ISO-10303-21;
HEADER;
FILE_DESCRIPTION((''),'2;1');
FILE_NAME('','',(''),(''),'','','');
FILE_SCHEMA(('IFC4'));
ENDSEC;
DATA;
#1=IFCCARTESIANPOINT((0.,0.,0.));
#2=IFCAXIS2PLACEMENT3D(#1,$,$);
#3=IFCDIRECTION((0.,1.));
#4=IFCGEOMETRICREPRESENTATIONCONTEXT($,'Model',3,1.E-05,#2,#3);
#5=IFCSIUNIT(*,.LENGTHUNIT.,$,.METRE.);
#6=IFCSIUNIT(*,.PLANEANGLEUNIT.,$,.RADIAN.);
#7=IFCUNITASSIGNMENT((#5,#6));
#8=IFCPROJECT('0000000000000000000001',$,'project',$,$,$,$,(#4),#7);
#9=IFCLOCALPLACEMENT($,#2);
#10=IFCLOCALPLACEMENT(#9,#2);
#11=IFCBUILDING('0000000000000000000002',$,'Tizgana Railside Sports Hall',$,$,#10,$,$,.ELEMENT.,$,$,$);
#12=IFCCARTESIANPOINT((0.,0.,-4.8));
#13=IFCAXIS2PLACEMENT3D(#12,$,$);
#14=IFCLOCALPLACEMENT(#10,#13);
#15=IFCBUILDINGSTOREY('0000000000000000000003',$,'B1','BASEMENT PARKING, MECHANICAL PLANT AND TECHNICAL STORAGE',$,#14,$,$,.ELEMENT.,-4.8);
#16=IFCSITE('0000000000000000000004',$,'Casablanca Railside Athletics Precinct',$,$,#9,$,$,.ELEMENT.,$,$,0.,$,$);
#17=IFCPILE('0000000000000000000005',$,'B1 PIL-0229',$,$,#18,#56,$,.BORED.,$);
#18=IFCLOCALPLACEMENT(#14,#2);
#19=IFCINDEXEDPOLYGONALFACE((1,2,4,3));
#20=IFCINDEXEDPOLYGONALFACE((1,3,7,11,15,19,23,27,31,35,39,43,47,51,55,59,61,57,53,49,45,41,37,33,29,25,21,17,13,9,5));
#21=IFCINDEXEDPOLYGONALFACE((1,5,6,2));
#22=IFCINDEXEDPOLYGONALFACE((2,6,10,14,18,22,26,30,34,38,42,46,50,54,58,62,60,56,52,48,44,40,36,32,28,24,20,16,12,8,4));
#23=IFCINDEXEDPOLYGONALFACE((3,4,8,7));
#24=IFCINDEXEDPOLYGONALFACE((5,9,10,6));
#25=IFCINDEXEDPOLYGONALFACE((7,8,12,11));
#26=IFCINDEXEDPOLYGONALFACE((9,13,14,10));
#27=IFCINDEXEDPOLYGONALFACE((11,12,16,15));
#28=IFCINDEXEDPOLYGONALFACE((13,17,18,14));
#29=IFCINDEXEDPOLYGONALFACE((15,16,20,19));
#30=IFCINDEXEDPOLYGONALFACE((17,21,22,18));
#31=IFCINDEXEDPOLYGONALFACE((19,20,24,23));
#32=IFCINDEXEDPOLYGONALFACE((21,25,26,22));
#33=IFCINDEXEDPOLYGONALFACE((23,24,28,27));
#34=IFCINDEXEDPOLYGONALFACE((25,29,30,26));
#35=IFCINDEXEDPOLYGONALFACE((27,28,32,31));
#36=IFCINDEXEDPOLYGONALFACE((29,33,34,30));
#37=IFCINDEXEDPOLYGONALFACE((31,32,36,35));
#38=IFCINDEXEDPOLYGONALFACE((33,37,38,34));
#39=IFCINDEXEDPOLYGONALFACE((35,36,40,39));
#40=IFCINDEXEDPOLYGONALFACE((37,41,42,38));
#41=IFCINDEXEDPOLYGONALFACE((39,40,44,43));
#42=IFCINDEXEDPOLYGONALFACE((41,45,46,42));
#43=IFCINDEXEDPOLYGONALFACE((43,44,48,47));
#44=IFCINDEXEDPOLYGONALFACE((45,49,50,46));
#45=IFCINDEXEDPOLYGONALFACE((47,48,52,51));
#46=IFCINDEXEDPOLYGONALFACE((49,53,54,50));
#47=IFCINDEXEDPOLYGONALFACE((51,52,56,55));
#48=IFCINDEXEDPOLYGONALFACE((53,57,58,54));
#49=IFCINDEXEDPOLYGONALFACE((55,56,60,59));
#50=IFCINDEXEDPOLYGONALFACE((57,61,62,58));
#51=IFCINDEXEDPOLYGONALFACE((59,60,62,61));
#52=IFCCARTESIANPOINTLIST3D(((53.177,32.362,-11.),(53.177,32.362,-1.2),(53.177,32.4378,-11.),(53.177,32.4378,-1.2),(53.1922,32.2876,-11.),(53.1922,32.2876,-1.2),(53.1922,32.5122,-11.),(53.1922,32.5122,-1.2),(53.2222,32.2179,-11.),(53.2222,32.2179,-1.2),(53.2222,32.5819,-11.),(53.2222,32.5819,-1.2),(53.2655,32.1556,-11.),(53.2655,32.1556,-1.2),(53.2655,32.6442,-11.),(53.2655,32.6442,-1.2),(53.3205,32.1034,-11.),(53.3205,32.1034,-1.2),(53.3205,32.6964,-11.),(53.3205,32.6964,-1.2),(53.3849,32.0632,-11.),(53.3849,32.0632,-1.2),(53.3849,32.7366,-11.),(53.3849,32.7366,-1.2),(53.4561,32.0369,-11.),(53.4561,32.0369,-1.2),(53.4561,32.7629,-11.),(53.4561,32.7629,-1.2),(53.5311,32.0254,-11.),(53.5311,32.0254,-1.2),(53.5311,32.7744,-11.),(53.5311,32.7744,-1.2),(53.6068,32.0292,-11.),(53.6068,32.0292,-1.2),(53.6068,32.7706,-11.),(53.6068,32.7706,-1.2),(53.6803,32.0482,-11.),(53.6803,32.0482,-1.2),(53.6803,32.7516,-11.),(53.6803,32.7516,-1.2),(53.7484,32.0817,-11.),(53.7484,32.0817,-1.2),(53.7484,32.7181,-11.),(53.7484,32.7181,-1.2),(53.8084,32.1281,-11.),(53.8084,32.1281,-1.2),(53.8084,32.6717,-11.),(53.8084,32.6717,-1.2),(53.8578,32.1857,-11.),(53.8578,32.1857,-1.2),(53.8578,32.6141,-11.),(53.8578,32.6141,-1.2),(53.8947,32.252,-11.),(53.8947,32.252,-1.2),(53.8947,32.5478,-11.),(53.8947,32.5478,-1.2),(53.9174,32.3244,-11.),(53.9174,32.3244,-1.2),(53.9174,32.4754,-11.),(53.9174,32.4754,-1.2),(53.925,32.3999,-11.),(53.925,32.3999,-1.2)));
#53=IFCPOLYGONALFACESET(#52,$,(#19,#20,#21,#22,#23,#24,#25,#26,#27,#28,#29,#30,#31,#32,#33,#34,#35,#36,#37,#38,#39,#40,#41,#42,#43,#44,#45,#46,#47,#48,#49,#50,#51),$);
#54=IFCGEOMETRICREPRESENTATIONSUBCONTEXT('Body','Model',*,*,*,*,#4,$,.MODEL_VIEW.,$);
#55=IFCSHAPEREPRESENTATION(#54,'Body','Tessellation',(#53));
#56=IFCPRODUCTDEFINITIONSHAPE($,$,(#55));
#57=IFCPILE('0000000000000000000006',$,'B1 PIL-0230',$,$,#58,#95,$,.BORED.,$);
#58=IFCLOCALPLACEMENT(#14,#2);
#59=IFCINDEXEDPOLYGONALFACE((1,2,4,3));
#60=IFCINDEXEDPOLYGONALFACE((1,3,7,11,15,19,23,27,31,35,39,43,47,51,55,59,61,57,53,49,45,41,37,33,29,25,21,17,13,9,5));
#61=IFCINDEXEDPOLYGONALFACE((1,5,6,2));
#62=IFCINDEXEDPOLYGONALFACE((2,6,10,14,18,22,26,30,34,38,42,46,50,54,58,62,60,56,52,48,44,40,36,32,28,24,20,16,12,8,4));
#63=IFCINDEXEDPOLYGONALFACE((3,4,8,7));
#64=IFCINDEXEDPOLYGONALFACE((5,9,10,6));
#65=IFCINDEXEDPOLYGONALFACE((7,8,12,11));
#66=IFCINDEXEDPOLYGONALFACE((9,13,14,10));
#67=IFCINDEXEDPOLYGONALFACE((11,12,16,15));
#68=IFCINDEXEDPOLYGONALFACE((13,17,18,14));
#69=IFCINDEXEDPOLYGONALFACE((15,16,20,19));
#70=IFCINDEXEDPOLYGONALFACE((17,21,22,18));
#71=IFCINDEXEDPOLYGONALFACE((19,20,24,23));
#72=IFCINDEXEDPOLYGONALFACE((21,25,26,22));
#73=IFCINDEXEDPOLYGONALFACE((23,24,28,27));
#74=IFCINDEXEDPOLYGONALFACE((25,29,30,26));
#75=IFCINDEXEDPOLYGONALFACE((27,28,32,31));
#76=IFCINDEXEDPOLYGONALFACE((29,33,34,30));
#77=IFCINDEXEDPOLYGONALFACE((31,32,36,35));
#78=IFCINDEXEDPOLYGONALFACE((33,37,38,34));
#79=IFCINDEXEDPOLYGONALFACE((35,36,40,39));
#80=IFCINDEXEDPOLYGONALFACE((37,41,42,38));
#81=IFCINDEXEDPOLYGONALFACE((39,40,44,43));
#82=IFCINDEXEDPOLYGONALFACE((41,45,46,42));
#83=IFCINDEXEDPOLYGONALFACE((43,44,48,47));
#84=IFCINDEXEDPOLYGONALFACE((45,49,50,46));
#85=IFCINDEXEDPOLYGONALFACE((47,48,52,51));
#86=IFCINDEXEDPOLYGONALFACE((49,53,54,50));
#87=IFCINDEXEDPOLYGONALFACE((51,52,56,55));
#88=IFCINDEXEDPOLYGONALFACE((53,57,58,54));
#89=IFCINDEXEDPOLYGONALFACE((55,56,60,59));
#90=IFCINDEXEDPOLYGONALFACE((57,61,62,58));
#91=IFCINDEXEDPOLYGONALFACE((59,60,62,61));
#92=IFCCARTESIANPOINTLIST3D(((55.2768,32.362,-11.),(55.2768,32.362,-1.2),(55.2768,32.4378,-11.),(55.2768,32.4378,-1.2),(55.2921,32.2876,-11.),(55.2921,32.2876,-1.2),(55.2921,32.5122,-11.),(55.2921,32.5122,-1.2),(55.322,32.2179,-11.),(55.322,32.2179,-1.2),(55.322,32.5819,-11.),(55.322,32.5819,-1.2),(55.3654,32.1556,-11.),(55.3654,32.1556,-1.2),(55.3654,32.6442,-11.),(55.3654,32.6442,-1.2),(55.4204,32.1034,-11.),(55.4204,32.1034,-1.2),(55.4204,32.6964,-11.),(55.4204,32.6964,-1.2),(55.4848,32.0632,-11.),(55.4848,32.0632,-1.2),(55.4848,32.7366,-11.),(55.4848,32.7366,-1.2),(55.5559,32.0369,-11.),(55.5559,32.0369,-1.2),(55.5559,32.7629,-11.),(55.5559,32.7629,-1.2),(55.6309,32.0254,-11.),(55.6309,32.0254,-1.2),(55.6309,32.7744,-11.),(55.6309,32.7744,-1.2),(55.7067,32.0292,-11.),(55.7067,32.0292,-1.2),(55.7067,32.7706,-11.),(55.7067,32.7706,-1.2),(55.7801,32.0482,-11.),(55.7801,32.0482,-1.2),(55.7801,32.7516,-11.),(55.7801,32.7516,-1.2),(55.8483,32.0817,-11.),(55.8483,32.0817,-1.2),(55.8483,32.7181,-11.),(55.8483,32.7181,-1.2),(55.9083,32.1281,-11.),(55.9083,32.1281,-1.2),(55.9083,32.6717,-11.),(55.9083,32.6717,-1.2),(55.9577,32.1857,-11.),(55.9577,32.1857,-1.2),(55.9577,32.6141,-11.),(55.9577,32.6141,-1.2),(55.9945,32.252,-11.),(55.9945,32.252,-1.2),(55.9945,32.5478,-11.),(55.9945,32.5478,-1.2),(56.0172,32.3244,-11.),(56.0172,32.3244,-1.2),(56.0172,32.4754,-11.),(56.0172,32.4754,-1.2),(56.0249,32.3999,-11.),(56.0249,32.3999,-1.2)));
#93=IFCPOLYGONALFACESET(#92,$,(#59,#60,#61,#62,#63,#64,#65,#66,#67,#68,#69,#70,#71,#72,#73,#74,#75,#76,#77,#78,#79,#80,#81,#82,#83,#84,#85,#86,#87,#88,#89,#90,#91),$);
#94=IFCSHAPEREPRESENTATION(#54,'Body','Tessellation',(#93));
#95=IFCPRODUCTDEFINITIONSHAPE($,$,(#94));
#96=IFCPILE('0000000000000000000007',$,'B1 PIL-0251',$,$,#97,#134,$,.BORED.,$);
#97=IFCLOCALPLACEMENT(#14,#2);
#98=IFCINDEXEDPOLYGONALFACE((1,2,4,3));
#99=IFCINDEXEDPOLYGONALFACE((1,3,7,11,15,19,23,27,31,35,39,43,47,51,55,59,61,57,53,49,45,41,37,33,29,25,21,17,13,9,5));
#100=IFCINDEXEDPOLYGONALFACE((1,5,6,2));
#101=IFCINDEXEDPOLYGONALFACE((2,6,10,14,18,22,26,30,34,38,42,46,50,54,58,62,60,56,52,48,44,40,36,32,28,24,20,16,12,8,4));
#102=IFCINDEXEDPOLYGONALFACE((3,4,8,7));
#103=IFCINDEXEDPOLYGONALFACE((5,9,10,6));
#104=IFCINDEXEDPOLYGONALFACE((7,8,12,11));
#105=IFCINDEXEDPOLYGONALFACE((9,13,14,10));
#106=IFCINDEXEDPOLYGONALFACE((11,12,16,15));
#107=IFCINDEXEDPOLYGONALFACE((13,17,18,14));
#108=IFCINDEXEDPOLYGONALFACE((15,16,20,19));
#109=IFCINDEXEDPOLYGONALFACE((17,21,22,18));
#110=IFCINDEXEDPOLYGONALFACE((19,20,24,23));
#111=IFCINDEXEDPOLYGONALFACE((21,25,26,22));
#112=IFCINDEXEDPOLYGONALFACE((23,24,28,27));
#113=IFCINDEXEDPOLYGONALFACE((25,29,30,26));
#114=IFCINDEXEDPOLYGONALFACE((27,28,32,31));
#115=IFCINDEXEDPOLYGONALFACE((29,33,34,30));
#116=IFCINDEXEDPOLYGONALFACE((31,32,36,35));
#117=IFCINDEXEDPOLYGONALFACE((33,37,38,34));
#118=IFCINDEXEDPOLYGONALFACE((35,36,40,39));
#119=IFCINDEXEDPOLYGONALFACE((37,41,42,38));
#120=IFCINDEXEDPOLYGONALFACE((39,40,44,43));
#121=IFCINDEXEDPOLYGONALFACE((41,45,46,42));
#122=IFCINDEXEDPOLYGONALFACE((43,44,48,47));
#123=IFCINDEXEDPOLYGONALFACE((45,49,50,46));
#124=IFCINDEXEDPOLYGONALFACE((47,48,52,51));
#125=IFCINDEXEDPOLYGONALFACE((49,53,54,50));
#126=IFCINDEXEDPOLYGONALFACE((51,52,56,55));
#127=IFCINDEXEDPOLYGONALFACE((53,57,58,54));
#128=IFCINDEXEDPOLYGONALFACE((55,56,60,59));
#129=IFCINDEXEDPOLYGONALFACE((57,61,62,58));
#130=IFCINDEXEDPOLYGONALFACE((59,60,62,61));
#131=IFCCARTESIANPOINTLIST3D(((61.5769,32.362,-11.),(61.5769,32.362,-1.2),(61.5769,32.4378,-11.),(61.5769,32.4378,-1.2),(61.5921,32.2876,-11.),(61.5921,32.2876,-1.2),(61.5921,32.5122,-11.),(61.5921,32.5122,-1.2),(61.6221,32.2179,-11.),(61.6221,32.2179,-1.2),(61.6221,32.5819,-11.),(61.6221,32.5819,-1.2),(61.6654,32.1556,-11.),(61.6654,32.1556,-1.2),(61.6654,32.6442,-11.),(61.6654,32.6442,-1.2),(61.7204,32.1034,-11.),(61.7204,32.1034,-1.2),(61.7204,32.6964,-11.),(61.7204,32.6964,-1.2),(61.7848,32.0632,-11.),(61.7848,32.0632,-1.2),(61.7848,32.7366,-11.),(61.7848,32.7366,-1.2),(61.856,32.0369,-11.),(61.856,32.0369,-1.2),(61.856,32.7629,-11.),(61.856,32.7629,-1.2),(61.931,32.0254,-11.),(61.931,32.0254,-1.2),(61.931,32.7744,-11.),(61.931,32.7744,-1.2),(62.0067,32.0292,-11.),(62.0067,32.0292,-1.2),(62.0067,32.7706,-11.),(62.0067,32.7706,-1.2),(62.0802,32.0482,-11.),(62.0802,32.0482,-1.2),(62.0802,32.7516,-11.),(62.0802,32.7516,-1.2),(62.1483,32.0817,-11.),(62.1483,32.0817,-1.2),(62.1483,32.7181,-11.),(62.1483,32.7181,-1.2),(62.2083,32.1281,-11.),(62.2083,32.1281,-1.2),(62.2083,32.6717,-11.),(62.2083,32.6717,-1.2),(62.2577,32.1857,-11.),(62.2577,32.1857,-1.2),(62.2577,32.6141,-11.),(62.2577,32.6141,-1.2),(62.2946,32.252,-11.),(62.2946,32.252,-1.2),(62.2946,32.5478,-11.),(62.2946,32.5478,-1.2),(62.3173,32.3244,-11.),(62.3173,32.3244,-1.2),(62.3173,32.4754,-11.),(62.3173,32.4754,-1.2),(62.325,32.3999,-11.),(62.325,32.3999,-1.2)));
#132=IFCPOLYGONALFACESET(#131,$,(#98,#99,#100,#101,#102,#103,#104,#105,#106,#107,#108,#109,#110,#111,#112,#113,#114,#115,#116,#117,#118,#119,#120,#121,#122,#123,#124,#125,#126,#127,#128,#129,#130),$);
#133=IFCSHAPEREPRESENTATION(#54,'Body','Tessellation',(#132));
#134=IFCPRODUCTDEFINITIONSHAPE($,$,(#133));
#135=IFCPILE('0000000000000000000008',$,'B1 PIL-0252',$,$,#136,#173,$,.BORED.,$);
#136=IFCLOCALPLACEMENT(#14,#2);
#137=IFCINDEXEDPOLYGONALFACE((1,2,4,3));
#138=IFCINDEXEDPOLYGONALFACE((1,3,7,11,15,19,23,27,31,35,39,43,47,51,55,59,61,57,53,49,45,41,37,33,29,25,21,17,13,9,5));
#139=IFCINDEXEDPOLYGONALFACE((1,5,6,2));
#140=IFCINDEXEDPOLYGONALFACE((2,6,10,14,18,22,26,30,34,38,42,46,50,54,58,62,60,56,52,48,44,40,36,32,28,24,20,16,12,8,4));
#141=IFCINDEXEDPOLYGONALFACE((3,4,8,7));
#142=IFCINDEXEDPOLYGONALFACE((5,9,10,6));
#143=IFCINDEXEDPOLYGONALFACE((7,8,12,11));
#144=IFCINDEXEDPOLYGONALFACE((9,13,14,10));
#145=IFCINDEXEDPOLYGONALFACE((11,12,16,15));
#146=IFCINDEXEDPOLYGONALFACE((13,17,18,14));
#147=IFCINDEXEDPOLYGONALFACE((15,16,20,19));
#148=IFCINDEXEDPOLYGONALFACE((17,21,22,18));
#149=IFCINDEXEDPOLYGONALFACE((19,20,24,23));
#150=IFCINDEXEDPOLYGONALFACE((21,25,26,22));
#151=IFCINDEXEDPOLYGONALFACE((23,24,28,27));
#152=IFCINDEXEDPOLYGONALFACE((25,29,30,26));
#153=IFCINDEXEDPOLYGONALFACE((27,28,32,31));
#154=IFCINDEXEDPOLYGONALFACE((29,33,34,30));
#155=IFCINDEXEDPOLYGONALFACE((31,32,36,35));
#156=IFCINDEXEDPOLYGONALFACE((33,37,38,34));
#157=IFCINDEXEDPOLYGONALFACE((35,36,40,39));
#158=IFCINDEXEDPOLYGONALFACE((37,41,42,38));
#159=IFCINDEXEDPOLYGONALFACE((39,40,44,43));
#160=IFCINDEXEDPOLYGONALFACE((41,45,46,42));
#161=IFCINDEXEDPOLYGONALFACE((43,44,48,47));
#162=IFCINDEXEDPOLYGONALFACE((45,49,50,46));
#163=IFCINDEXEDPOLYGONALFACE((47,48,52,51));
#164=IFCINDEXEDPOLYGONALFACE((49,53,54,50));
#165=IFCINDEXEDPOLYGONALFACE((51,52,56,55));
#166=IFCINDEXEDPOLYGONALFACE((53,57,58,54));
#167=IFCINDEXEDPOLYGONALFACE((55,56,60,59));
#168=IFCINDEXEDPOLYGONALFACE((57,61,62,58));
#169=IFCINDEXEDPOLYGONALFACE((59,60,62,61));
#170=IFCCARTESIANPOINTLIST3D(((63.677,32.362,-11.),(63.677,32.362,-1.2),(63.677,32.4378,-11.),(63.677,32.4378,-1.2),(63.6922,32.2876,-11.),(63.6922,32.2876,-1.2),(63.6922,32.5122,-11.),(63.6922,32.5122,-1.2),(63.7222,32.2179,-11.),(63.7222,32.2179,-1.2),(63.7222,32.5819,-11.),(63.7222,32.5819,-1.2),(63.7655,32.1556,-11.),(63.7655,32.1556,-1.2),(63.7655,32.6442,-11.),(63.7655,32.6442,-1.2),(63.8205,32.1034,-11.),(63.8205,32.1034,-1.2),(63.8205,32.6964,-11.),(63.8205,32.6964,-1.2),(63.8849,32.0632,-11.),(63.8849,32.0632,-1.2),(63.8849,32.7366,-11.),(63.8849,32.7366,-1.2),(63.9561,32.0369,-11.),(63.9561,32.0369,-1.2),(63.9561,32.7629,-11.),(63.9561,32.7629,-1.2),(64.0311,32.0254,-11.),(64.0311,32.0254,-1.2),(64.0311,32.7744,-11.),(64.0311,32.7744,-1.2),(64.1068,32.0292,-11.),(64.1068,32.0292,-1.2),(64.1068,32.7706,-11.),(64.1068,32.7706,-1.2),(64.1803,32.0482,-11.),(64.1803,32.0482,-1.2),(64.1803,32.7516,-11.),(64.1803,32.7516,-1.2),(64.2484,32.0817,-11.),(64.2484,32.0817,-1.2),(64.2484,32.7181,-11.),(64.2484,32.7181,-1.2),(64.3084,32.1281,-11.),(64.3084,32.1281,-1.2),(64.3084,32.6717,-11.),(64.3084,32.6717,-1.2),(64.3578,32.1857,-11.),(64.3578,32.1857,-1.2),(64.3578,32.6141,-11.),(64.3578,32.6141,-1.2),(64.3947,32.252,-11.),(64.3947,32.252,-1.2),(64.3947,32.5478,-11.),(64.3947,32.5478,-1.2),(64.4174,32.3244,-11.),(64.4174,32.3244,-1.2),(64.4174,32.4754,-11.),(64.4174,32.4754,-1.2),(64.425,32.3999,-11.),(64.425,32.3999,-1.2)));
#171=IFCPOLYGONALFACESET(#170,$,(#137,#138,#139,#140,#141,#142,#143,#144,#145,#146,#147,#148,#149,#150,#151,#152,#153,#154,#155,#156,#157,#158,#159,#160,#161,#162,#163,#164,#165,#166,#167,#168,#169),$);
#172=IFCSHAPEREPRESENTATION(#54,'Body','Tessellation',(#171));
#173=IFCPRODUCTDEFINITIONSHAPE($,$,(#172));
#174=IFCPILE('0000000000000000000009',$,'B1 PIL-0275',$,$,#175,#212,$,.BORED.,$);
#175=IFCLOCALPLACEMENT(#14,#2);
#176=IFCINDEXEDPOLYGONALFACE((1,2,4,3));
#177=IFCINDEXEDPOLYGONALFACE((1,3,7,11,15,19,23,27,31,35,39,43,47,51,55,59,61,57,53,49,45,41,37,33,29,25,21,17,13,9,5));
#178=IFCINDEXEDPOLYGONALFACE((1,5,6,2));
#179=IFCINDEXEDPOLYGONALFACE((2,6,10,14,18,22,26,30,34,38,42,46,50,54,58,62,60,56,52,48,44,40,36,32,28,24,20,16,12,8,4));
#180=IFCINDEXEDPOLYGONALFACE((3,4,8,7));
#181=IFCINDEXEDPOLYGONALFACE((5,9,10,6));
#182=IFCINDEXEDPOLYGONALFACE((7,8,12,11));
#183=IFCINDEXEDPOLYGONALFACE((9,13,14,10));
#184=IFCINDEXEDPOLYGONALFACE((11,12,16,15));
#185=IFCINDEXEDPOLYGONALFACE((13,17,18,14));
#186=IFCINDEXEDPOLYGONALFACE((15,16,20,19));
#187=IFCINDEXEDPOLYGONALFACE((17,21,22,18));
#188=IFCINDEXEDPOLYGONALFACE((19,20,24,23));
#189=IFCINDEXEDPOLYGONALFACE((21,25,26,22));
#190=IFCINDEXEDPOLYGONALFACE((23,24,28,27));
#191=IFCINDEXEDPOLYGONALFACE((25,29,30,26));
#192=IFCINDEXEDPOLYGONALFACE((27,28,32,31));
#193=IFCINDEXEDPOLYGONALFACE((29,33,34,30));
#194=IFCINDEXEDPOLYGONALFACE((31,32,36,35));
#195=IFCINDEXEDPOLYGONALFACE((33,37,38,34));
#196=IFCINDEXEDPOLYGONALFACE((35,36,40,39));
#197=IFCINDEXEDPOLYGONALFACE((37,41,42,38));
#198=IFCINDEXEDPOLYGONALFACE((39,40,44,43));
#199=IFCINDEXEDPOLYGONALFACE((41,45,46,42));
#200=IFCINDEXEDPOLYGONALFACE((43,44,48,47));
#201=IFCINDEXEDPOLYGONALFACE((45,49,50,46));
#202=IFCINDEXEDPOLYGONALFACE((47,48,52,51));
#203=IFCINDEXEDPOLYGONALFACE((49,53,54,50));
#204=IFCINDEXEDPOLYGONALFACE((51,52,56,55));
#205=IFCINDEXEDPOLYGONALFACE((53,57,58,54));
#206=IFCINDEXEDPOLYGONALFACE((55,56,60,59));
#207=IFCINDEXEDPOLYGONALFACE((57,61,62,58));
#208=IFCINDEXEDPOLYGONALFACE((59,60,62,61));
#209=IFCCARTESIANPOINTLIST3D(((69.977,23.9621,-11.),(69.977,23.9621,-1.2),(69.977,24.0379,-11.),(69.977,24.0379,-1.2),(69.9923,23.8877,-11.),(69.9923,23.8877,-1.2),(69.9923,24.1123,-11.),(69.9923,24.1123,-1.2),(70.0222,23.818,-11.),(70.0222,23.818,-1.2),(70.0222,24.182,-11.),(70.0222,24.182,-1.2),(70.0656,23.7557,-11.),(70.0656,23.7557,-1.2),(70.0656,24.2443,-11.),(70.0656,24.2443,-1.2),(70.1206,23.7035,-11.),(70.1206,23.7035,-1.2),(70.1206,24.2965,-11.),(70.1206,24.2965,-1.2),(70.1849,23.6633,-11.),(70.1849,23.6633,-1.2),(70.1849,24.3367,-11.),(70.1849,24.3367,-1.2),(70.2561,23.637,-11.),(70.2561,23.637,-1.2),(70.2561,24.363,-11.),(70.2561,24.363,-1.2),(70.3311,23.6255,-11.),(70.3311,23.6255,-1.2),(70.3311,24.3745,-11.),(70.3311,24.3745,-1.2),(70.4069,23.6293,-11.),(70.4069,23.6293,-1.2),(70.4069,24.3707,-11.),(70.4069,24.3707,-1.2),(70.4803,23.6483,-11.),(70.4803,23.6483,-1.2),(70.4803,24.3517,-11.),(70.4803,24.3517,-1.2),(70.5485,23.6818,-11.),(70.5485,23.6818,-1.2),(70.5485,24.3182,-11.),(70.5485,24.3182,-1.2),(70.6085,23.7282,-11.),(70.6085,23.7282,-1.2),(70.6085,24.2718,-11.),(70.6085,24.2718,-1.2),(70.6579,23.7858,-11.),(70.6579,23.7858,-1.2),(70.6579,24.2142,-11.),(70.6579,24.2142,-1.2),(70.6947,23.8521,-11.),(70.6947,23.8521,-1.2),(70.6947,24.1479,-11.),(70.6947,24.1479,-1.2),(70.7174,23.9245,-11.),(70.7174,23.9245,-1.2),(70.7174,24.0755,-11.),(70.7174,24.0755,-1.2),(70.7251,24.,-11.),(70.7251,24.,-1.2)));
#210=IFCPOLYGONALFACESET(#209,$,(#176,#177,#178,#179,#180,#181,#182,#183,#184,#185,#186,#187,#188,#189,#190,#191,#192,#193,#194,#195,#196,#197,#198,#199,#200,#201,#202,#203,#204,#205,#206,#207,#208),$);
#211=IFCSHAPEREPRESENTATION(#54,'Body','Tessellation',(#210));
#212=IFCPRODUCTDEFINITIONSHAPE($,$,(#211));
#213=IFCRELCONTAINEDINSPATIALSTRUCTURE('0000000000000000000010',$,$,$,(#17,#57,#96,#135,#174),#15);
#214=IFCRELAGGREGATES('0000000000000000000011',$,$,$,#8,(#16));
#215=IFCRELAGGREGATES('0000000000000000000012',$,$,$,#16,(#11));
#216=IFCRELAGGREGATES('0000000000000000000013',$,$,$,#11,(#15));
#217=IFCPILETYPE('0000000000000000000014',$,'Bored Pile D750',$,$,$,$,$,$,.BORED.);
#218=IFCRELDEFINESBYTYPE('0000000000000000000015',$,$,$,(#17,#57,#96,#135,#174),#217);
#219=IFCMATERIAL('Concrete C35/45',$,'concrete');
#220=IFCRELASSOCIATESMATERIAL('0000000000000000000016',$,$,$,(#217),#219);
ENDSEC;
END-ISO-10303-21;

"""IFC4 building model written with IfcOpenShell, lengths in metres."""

from ifc_helpers import new_model, si_unit, direction, frame, origin, origin_2d, place, context, subcontext, project, spatial, circle, extrude, material, material_profile, profile_set, type_object, element, save


model = new_model("IFC4")

# Units and contexts
model_context = context("Model", 3, precision=1e-05, world=origin(), true_north=direction((0.0, 1.0)))
body_context = subcontext(model_context, "Body", "Model", "MODEL_VIEW")
ifc_project = project(units=[si_unit("LENGTHUNIT", "METRE"), si_unit("PLANEANGLEUNIT", "RADIAN")], contexts=[model_context])

# Site, building, storey
site_placement = place(None, origin())
site = spatial("IfcSite", under=ifc_project, at=site_placement, Name="Casablanca Railside Athletics Precinct", CompositionType="ELEMENT", RefElevation=0.0)
building_placement = place(site_placement, origin())
building = spatial("IfcBuilding", under=site, at=building_placement, Name="Tizgana Railside Sports Hall", CompositionType="ELEMENT")
storey_placement = place(building_placement, frame((0.0, 0.0, -4.8)))
storey = spatial("IfcBuildingStorey", under=building, at=storey_placement, Name="B1", Description="BASEMENT PARKING, MECHANICAL PLANT AND TECHNICAL STORAGE", CompositionType="ELEMENT", Elevation=-4.8)

# Piles
ifc_material_1 = material(Name="Concrete C35/45", Category="concrete")
ifc_material_profile_1 = material_profile(ifc_material_1, circle(Radius=0.375, at=origin_2d()), Name="PILE D750")
ifc_profile_set_1 = profile_set([ifc_material_profile_1], Name="Concrete C35/45")
pile_type_1 = type_object("IfcPileType", Name="Bored Pile D750", PredefinedType="BORED", material=ifc_profile_set_1)
for number, where, z_axis, x_axis, name in (
    (1, (53.55, 32.3999, -1.2), (0.0, 0.0, -1.0), (1.0, 0.0, 0.0), "B1 PIL-0229"),
    (2, (55.6499, 32.3999, -1.2), (0.0, 0.0, -1.0), (1.0, 0.0, 0.0), "B1 PIL-0230"),
    (3, (61.95, 32.3999, -1.2), (0.0, 0.0, -1.0), (1.0, 0.0, 0.0), "B1 PIL-0251"),
    (4, (64.05, 32.3999, -1.2), (0.0, 0.0, -1.0), (1.0, 0.0, 0.0), "B1 PIL-0252"),
    (5, (70.3501, 24.0, -1.2), (0.0, 0.0, -1.0), (1.0, 0.0, 0.0), "B1 PIL-0275"),
):
    element("IfcPile", number, at=place(storey_placement, frame(where, z_axis=z_axis, x_axis=x_axis)), inside=storey, type_object=pile_type_1, Name=name, PredefinedType="BORED", context=body_context, shape_type="SweptSolid", body=[
        extrude(circle(Radius=0.375, at=origin_2d()), origin(), (0.0, 0.0, 1.0), 9.8),
    ])

save(model, "model.ifc")
